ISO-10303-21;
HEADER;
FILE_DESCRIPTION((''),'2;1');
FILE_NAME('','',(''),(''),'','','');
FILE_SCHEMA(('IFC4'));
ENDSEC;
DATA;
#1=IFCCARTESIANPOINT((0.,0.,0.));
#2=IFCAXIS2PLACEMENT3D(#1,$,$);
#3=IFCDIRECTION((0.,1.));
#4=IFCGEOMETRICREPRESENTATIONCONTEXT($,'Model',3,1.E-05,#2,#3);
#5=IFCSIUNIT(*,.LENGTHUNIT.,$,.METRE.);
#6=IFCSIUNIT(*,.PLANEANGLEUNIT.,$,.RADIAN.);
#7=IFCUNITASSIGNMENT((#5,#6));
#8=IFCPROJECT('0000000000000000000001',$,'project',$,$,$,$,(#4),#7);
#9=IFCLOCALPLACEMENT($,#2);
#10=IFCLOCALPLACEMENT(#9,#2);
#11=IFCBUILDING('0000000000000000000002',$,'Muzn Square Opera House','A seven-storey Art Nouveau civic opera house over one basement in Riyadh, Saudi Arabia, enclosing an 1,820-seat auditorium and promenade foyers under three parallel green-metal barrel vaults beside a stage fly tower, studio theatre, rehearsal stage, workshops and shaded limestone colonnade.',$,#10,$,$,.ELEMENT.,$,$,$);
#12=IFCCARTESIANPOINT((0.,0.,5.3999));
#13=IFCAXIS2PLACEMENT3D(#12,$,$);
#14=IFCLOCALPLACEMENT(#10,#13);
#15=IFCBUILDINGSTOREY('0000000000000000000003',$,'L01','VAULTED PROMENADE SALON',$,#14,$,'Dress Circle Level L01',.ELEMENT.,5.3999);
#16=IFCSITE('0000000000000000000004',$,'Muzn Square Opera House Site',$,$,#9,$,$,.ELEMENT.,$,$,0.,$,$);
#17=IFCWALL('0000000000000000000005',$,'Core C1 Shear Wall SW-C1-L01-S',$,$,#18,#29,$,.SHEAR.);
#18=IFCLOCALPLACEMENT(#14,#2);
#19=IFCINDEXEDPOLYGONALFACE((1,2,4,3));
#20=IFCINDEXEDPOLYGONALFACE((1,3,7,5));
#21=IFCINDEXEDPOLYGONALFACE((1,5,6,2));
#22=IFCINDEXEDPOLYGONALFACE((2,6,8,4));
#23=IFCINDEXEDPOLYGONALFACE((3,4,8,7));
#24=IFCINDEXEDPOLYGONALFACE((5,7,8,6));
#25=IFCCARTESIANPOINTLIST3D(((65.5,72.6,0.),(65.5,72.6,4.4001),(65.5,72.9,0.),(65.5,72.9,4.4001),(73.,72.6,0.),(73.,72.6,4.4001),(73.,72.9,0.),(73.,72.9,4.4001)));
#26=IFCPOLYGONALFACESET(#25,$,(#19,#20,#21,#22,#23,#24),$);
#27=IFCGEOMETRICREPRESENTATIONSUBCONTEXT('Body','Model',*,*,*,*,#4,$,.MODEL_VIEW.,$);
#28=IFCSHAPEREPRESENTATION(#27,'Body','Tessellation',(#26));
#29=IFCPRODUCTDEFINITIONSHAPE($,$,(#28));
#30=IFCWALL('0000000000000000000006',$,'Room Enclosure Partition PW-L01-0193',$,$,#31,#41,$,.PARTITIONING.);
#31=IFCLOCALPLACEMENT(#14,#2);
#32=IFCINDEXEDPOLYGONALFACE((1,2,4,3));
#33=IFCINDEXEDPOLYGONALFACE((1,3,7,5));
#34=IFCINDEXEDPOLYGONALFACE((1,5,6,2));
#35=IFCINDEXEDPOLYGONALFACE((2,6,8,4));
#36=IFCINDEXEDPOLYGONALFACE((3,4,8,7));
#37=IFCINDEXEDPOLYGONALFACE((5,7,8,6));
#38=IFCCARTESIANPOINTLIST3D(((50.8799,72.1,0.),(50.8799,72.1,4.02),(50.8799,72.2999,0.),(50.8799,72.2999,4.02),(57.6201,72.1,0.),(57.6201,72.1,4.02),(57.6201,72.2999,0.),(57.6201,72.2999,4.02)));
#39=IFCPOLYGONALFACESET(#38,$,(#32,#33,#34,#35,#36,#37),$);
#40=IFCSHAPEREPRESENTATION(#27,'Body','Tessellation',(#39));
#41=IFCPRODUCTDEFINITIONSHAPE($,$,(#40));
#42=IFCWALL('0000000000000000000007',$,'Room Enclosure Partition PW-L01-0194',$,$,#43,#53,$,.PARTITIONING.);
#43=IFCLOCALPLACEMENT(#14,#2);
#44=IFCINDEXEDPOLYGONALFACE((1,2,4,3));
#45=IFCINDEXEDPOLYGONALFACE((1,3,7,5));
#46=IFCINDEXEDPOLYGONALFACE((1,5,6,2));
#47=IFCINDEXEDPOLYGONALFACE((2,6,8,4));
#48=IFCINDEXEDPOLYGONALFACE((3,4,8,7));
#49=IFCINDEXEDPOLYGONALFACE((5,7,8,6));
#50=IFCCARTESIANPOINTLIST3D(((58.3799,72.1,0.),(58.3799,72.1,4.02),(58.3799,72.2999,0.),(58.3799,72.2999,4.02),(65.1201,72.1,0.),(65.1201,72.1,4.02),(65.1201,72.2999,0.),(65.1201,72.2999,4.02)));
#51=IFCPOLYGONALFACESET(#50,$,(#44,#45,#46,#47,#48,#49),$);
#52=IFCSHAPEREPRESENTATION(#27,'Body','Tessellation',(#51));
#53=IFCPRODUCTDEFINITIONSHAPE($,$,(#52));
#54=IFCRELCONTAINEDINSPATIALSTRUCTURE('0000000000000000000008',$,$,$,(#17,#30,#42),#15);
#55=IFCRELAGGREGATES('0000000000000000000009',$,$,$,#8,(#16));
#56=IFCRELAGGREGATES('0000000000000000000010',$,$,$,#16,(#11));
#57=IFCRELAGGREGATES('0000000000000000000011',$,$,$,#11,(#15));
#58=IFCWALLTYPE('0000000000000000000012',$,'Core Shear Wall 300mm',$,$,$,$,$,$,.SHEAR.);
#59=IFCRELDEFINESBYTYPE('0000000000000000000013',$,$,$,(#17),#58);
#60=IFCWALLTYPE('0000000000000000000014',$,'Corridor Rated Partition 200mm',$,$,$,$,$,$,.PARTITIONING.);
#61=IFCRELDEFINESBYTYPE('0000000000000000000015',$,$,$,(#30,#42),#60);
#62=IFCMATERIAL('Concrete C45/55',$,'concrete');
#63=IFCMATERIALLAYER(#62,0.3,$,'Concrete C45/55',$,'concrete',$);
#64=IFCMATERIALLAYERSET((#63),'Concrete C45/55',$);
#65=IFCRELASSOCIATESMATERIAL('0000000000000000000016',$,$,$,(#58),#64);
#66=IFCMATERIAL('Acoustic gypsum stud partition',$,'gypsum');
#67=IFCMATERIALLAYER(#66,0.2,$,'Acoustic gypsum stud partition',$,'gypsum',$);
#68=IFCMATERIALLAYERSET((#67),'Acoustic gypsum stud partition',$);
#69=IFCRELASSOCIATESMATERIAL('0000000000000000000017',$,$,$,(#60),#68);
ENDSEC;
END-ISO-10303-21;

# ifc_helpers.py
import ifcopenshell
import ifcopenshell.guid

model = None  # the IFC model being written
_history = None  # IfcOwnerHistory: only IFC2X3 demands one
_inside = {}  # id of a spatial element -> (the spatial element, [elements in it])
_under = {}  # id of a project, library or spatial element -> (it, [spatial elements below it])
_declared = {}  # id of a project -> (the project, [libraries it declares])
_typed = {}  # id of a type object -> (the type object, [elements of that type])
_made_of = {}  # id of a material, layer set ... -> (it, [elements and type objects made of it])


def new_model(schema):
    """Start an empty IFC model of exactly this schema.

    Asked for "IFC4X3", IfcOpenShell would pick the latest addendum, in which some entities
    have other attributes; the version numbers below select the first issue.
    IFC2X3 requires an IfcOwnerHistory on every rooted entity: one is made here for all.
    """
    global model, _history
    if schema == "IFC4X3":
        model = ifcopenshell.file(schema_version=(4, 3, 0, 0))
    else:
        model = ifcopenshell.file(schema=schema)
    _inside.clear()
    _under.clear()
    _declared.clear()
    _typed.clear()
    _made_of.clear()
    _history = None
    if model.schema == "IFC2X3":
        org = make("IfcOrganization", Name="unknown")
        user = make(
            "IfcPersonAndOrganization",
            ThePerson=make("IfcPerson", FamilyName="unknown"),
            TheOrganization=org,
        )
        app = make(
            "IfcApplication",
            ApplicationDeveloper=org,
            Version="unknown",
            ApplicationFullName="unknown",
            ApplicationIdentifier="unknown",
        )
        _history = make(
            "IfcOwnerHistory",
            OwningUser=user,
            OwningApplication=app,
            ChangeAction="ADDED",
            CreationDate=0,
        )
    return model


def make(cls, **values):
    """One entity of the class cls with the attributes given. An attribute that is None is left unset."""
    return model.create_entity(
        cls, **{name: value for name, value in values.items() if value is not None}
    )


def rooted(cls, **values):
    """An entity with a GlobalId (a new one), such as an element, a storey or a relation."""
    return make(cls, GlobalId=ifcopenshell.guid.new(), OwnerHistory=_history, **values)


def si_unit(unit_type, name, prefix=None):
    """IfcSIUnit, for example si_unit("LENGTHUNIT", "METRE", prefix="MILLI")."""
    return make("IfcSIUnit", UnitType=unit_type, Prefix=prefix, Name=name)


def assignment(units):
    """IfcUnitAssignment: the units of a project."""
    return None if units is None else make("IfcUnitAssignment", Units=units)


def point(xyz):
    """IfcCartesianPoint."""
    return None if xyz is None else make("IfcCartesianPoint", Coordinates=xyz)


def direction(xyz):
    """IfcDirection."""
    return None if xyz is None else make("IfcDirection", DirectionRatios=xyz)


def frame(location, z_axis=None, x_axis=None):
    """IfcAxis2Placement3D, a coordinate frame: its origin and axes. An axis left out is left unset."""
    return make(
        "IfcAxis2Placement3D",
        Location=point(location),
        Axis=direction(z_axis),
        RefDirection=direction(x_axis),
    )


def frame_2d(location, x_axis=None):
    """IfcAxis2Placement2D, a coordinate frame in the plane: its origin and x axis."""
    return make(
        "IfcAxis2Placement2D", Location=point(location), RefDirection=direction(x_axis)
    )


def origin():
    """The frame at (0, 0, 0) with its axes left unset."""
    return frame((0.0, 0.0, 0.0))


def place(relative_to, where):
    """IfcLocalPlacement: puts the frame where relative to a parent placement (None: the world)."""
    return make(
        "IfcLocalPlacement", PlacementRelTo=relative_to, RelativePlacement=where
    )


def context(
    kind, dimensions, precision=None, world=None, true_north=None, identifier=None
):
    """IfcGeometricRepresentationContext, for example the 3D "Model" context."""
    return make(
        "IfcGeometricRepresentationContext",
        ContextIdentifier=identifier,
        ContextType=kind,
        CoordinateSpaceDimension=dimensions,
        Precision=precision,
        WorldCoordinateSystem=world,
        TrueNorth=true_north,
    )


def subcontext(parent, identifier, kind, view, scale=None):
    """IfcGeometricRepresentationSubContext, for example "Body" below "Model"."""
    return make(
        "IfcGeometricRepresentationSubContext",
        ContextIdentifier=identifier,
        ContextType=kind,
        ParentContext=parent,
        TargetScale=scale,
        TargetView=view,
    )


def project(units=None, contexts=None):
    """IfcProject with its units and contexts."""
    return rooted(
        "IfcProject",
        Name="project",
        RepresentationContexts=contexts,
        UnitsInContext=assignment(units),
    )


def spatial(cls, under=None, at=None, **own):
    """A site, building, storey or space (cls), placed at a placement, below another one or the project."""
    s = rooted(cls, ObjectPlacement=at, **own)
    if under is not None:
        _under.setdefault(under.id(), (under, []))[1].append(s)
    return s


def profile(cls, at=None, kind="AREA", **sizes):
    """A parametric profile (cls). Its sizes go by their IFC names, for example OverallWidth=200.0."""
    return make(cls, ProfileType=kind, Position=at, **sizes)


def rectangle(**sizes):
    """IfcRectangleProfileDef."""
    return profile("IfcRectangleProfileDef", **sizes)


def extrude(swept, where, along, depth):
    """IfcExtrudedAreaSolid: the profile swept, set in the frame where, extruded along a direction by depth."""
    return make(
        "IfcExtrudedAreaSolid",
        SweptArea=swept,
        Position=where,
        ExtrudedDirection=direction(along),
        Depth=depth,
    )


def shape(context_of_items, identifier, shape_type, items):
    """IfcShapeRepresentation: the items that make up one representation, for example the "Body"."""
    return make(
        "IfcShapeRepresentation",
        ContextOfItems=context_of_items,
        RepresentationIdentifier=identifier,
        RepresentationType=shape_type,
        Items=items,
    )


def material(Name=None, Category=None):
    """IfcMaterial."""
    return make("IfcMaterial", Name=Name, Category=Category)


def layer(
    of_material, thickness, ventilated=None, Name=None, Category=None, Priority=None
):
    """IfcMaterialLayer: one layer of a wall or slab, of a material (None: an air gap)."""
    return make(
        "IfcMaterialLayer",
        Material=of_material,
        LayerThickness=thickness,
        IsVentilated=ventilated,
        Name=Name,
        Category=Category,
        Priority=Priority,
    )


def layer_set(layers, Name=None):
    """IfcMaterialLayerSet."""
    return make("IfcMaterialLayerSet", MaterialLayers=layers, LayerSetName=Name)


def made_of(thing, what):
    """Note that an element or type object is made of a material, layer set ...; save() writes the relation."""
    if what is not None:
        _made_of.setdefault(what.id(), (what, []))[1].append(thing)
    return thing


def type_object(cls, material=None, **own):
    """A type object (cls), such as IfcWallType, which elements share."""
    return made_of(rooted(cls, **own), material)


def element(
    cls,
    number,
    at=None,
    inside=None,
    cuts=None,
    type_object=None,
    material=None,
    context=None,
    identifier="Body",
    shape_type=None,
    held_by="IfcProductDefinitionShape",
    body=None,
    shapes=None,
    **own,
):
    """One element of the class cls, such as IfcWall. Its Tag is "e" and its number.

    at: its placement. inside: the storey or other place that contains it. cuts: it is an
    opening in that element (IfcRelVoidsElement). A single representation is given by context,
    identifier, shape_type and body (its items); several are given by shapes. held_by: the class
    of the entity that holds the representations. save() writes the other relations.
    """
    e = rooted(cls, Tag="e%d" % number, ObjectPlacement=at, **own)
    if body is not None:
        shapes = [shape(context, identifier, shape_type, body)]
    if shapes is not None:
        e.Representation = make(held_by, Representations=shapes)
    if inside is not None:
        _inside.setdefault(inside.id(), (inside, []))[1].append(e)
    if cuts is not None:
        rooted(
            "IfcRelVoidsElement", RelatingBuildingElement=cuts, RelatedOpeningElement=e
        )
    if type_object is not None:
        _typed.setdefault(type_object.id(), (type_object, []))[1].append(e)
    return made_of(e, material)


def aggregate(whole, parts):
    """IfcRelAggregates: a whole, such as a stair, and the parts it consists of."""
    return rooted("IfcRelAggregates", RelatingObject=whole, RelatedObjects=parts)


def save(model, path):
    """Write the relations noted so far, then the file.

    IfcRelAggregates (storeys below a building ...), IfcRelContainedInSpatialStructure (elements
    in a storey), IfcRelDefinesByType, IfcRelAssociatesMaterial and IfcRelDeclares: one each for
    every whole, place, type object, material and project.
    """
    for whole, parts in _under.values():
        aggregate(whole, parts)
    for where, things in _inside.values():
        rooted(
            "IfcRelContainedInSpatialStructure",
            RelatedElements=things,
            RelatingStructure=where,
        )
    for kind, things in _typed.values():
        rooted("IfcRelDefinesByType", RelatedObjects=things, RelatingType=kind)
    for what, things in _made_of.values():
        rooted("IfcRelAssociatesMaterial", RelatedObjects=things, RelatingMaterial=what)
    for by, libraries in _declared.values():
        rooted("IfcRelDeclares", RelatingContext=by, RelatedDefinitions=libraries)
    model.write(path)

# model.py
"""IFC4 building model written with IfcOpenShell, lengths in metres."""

from ifc_helpers import new_model, si_unit, direction, frame, frame_2d, origin, place, context, subcontext, project, spatial, rectangle, extrude, material, layer, layer_set, type_object, element, save


model = new_model("IFC4")

# Units and contexts
model_context = context("Model", 3, precision=1e-05, world=origin(), true_north=direction((0.0, 1.0)))
body_context = subcontext(model_context, "Body", "Model", "MODEL_VIEW")
ifc_project = project(units=[si_unit("LENGTHUNIT", "METRE"), si_unit("PLANEANGLEUNIT", "RADIAN")], contexts=[model_context])

# Site, building, storey
site_placement = place(None, origin())
site = spatial("IfcSite", under=ifc_project, at=site_placement, Name="Muzn Square Opera House Site", CompositionType="ELEMENT", RefElevation=0.0)
building_placement = place(site_placement, origin())
building = spatial("IfcBuilding", under=site, at=building_placement, Name="Muzn Square Opera House", Description="A seven-storey Art Nouveau civic opera house over one basement in Riyadh, Saudi Arabia, enclosing an 1,820-seat auditorium and promenade foyers under three parallel green-metal barrel vaults beside a stage fly tower, studio theatre, rehearsal stage, workshops and shaded limestone colonnade.", CompositionType="ELEMENT")
storey_placement = place(building_placement, frame((0.0, 0.0, 5.3999)))
storey = spatial("IfcBuildingStorey", under=building, at=storey_placement, Name="L01", Description="VAULTED PROMENADE SALON", LongName="Dress Circle Level L01", CompositionType="ELEMENT", Elevation=5.3999)

# Shared definitions
ifc_material_1 = material(Name="Concrete C45/55", Category="concrete")

# Walls
ifc_layer_1 = layer(ifc_material_1, 0.3, Name="Concrete C45/55", Category="concrete")
ifc_layer_set_1 = layer_set([ifc_layer_1], Name="Concrete C45/55")
wall_type_1 = type_object("IfcWallType", Name="Core Shear Wall 300mm", PredefinedType="SHEAR", material=ifc_layer_set_1)
wall_placement = place(storey_placement, frame((65.5, 72.75, 0.0), z_axis=(0.0, 0.0, 1.0), x_axis=(1.0, 0.0, 0.0)))
element("IfcWall", 1, at=wall_placement, inside=storey, type_object=wall_type_1, Name="Core C1 Shear Wall SW-C1-L01-S", PredefinedType="SHEAR", context=body_context, shape_type="SweptSolid", body=[
    extrude(rectangle(XDim=7.5, YDim=0.3, at=frame_2d((3.75, 0.0))), origin(), (0.0, 0.0, 1.0), 4.4001),
])
ifc_material_2 = material(Name="Acoustic gypsum stud partition", Category="gypsum")
ifc_layer_2 = layer(ifc_material_2, 0.2, Name="Acoustic gypsum stud partition", Category="gypsum")
ifc_layer_set_2 = layer_set([ifc_layer_2], Name="Acoustic gypsum stud partition")
wall_type_2 = type_object("IfcWallType", Name="Corridor Rated Partition 200mm", PredefinedType="PARTITIONING", material=ifc_layer_set_2)
for number, where, z_axis, x_axis, name in (
    (2, (50.8799, 72.2, 0.0), (0.0, 0.0, 1.0), (1.0, 0.0, 0.0), "Room Enclosure Partition PW-L01-0193"),
    (3, (58.3799, 72.2, 0.0), (0.0, 0.0, 1.0), (1.0, 0.0, 0.0), "Room Enclosure Partition PW-L01-0194"),
):
    element("IfcWall", number, at=place(storey_placement, frame(where, z_axis=z_axis, x_axis=x_axis)), inside=storey, type_object=wall_type_2, Name=name, PredefinedType="PARTITIONING", context=body_context, shape_type="SweptSolid", body=[
        extrude(rectangle(XDim=6.7402, YDim=0.2, at=frame_2d((3.3701, 0.0))), origin(), (0.0, 0.0, 1.0), 4.02),
    ])

save(model, "model.ifc")
